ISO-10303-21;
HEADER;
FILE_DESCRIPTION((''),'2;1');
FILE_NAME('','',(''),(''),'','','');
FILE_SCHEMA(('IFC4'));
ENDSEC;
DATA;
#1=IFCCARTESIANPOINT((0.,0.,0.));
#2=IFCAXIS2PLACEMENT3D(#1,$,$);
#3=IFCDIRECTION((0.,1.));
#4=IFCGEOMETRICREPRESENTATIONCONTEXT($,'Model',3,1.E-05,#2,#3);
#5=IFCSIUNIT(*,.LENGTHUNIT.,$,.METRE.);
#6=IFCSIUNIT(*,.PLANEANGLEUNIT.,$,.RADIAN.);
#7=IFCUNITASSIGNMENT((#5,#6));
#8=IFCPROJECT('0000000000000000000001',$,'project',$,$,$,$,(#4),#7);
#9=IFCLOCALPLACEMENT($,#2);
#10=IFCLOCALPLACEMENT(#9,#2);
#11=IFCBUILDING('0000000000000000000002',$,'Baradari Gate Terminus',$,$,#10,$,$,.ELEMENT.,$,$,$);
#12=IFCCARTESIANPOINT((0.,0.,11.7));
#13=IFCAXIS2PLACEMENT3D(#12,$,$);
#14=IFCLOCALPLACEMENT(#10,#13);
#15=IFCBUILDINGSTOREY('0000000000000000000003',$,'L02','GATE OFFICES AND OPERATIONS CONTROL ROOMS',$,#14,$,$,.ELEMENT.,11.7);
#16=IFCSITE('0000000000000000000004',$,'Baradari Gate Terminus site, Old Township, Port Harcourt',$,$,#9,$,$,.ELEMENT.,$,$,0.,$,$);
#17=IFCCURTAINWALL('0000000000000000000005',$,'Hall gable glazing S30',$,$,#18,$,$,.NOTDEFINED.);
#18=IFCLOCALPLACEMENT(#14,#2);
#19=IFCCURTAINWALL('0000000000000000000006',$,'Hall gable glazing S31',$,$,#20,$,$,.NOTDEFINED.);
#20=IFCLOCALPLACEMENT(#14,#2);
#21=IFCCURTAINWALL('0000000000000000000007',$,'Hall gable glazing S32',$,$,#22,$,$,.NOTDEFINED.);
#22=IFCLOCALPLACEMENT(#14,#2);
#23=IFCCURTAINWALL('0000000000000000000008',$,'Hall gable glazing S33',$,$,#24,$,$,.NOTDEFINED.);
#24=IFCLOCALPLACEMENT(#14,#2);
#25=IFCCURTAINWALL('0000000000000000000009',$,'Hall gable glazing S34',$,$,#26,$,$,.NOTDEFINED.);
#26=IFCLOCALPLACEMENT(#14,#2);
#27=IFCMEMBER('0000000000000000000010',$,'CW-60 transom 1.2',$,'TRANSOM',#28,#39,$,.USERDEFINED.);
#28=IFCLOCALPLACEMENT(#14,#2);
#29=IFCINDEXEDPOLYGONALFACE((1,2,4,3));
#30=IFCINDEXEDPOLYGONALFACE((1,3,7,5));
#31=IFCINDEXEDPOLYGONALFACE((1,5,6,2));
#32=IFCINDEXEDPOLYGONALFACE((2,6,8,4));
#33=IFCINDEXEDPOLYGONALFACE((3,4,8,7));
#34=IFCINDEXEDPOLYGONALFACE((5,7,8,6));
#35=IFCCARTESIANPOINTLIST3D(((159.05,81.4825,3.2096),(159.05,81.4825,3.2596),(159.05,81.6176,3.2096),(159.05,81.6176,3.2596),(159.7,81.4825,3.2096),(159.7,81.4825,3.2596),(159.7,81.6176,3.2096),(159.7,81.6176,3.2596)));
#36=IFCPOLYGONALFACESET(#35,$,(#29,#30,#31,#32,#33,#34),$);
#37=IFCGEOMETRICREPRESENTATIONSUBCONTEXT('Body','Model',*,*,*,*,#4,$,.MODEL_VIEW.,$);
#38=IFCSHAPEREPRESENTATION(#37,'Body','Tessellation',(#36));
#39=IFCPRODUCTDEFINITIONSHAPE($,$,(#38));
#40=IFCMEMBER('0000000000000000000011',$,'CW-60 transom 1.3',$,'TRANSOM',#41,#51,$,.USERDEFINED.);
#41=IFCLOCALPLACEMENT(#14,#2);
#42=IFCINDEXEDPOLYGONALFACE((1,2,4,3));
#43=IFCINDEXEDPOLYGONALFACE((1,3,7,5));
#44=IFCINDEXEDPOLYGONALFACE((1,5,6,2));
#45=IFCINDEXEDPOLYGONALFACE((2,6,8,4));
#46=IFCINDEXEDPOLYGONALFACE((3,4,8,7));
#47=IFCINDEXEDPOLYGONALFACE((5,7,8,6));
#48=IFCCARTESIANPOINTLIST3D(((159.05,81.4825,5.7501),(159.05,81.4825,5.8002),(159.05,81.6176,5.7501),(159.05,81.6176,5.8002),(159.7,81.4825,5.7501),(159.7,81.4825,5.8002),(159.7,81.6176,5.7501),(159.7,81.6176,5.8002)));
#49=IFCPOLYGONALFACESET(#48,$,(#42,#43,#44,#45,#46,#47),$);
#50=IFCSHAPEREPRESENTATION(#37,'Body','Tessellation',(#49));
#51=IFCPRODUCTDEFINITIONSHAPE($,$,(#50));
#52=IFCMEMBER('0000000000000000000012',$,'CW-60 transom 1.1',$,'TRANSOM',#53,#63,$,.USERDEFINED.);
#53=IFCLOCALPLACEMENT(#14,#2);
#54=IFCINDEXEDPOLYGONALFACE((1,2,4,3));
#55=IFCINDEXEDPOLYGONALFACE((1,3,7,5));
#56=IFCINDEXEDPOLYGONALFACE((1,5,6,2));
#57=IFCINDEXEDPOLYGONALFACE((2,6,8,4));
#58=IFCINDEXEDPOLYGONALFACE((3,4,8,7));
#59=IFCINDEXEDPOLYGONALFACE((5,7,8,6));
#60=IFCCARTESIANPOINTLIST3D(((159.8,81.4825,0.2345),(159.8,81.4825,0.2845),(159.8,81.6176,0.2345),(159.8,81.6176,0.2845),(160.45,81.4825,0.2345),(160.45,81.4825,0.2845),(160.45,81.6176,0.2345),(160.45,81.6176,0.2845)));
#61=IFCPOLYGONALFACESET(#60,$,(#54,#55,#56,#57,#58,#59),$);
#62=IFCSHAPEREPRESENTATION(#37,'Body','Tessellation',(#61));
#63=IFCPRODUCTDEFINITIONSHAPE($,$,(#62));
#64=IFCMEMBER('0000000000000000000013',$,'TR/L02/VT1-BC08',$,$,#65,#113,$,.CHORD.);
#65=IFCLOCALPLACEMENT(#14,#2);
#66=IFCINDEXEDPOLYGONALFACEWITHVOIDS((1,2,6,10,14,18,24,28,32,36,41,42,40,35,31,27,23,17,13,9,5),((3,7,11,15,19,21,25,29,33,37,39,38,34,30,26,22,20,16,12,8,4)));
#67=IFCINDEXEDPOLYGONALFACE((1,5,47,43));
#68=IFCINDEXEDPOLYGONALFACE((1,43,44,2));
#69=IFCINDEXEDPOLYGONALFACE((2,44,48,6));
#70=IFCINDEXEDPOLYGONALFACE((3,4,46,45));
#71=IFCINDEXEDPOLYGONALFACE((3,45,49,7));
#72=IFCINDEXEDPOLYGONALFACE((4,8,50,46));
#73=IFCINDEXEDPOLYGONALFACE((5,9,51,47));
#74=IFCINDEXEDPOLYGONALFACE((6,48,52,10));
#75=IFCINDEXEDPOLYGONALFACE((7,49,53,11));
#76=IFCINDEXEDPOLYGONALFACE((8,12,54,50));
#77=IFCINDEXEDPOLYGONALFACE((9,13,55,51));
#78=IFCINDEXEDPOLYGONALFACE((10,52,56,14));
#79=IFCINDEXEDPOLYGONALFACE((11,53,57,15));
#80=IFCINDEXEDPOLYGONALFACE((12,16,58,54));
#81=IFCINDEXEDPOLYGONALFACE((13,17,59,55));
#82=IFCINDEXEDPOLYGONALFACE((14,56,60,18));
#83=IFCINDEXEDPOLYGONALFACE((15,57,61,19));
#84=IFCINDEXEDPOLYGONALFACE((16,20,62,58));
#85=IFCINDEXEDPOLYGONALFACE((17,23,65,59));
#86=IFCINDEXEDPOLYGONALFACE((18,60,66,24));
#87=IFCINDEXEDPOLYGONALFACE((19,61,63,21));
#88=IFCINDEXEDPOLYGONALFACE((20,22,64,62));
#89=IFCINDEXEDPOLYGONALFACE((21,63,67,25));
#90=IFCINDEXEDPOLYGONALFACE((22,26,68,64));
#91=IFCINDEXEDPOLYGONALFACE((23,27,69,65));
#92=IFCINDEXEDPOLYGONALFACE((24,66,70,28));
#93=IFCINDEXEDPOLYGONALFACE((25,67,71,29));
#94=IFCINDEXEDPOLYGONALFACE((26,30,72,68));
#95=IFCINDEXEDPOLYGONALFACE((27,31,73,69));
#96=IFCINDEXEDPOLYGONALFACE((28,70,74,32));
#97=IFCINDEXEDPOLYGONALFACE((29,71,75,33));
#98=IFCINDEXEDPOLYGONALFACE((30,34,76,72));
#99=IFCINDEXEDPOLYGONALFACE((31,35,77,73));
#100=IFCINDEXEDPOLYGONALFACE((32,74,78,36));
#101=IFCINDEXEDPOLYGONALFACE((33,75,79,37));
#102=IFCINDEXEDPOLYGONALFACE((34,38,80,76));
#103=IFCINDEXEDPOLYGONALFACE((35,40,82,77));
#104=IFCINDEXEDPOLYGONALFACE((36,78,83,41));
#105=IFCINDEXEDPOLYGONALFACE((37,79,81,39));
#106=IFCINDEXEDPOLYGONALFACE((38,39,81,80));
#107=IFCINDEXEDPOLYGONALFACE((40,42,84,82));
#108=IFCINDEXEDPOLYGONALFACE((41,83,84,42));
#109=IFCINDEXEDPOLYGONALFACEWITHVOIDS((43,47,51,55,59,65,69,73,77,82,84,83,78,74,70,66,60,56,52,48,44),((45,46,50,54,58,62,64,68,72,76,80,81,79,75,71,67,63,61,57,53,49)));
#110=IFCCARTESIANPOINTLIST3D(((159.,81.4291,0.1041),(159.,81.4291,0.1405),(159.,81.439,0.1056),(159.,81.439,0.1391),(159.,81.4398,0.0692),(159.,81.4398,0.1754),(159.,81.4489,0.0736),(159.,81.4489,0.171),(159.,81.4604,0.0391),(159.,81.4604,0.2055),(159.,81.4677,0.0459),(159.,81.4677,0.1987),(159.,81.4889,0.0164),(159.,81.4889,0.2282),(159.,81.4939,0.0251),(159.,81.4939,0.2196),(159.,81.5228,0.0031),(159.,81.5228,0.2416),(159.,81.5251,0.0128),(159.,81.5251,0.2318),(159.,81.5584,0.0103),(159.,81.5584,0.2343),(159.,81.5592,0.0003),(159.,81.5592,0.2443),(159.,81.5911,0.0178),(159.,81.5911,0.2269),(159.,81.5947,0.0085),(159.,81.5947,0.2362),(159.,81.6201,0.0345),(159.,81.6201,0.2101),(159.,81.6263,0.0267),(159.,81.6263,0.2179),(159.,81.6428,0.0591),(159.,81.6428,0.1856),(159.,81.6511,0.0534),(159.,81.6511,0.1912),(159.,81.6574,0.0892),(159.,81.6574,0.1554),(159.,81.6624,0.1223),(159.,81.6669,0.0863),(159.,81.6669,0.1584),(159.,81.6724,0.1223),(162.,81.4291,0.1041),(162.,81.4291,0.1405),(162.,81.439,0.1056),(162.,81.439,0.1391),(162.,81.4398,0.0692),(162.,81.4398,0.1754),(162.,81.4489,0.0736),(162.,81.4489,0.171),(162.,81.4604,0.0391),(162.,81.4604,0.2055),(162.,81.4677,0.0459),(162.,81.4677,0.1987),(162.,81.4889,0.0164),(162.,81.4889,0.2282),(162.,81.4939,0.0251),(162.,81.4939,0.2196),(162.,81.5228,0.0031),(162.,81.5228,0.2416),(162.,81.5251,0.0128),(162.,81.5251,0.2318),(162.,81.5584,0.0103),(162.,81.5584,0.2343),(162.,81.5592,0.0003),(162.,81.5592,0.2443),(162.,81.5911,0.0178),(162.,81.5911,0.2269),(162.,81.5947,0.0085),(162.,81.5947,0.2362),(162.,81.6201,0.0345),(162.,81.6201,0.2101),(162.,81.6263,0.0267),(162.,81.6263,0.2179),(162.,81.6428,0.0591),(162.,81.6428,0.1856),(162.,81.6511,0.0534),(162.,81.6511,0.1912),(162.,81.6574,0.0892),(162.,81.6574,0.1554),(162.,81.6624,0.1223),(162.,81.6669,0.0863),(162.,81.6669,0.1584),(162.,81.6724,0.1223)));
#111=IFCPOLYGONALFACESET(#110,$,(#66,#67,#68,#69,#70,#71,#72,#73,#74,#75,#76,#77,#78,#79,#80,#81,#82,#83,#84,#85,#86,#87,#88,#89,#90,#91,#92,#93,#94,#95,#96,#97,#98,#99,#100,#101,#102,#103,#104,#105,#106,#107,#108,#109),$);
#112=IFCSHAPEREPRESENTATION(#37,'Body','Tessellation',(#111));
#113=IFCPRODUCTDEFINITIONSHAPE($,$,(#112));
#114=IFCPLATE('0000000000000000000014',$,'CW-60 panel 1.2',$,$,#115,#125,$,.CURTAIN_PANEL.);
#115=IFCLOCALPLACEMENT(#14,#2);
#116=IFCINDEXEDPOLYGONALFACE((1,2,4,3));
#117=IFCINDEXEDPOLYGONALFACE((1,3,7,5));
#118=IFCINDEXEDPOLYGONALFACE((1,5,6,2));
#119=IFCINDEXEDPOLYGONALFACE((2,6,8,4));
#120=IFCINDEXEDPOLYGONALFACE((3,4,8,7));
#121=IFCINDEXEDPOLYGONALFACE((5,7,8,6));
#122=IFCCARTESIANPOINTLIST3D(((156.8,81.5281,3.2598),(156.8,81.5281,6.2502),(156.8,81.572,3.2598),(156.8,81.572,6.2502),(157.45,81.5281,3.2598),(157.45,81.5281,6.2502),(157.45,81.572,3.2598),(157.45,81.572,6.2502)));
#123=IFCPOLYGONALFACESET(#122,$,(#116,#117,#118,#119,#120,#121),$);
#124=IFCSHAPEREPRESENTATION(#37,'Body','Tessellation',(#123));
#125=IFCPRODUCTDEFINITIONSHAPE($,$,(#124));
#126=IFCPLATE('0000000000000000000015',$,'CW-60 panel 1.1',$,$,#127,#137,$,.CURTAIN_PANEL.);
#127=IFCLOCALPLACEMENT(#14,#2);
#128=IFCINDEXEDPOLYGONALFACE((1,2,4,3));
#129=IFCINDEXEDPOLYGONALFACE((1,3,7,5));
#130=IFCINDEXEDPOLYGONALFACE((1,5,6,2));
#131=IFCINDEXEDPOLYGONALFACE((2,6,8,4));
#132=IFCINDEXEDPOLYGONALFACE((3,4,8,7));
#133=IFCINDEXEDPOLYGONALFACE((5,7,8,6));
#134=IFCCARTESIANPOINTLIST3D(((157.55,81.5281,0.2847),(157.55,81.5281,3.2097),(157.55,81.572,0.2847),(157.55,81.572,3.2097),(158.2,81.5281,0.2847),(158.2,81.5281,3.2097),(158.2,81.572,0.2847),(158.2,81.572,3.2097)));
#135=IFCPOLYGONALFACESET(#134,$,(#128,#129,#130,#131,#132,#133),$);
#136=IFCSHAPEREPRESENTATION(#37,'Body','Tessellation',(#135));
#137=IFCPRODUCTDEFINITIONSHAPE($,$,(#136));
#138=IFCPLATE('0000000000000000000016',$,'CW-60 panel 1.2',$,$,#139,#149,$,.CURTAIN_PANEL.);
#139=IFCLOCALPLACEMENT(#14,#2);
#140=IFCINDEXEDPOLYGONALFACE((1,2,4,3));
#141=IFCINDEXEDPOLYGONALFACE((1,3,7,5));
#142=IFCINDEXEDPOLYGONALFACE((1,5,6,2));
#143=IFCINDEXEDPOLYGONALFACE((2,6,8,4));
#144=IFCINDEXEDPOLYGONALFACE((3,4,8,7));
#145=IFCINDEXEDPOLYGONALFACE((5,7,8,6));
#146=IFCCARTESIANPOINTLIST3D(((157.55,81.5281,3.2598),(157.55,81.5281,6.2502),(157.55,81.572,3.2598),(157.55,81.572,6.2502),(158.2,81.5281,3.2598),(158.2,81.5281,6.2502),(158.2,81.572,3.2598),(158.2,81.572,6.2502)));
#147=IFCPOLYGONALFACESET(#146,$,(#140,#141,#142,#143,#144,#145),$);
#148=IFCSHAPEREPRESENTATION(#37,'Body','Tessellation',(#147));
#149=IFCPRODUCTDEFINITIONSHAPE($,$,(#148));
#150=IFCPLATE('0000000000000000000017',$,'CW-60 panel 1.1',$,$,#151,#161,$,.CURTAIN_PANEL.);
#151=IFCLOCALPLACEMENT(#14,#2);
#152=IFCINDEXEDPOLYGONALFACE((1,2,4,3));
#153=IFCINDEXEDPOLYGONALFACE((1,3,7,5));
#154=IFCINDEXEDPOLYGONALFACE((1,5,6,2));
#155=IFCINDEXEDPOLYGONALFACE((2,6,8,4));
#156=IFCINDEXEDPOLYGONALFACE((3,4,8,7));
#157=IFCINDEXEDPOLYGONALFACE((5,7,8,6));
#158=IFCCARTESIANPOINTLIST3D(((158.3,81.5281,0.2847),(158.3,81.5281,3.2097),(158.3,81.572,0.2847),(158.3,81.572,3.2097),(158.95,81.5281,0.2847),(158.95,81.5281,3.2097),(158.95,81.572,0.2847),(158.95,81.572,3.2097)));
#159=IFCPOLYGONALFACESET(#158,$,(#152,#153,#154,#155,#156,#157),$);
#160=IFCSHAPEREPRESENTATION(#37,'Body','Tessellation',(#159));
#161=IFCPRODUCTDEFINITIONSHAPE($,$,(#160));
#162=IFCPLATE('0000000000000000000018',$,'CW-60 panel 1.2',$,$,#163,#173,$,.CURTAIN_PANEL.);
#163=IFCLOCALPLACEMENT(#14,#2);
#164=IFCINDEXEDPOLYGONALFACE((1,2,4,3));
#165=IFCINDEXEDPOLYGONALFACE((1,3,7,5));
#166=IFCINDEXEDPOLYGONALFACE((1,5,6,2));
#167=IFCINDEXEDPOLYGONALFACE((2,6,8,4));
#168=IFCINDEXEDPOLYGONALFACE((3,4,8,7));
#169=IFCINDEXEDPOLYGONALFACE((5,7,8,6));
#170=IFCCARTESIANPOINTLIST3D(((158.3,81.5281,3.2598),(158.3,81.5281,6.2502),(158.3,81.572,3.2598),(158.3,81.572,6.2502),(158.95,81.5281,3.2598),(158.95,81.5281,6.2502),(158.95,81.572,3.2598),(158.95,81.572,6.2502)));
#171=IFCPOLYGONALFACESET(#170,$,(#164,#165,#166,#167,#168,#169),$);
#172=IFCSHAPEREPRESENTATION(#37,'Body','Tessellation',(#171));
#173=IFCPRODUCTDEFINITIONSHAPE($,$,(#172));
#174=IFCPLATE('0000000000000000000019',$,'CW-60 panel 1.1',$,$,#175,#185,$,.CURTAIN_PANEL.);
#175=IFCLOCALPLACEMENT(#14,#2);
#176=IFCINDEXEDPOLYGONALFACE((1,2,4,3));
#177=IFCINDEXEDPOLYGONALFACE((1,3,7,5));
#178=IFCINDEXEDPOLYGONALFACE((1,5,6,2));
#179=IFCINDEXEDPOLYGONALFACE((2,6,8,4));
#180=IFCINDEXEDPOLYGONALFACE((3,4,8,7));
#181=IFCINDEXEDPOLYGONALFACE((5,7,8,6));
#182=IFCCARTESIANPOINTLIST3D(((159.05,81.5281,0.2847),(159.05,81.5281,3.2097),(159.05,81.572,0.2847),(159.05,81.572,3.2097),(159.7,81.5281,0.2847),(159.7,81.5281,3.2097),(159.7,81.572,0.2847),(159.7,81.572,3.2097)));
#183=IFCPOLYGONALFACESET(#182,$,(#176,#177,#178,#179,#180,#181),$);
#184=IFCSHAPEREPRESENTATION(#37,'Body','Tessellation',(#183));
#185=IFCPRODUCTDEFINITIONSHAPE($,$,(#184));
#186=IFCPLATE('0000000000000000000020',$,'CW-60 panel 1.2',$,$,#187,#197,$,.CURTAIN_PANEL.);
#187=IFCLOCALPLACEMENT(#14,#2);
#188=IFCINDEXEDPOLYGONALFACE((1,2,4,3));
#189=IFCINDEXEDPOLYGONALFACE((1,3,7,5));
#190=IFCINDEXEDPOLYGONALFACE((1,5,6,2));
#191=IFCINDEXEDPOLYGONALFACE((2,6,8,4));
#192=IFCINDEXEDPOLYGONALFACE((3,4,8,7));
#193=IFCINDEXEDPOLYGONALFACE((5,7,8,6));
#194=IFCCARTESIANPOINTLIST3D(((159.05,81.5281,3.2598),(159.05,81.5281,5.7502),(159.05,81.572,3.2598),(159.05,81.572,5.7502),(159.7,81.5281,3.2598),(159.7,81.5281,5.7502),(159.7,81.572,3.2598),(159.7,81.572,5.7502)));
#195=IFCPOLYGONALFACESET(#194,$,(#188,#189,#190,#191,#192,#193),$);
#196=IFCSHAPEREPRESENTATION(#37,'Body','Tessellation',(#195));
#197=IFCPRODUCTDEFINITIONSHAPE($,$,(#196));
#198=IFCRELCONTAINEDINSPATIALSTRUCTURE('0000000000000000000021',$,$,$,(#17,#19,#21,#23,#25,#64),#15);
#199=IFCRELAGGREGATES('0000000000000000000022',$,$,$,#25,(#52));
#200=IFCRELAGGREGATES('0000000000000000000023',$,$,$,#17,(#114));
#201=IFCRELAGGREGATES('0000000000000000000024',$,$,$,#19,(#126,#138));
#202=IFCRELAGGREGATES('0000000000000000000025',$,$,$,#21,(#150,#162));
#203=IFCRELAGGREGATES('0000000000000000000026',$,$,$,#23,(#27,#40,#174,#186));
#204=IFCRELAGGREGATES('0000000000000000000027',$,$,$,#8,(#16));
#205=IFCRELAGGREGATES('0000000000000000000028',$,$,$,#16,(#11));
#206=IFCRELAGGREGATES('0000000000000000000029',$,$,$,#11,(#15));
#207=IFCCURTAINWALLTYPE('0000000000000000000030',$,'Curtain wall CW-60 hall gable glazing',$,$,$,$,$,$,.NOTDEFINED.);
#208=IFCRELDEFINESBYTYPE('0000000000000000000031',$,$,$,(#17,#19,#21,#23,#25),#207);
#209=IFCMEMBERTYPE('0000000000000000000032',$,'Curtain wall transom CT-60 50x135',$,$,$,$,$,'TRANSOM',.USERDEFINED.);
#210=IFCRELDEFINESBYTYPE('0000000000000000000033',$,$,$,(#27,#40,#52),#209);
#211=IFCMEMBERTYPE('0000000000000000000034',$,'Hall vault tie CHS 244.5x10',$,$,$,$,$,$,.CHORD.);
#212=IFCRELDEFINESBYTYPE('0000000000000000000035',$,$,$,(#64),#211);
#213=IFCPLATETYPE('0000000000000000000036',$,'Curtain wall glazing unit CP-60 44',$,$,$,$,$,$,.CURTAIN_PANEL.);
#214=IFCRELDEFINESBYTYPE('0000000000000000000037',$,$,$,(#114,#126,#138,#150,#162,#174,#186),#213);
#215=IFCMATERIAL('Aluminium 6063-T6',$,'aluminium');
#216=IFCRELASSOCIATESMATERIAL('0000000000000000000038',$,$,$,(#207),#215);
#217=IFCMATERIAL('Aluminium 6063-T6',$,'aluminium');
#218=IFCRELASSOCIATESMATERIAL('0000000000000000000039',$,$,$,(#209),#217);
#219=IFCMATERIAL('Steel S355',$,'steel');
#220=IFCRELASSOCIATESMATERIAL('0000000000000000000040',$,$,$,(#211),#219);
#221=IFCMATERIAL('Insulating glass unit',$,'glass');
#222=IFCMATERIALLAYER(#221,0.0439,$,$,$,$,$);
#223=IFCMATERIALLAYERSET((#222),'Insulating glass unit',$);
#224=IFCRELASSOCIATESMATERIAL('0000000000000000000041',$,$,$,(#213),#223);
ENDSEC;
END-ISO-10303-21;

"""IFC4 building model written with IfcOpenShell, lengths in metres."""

from ifc_helpers import new_model, si_unit, direction, frame, origin, origin_2d, place, context, subcontext, project, spatial, rectangle, hollow_circle, extrude, material, layer, layer_set, material_profile, profile_set, type_object, element, aggregate, save


model = new_model("IFC4")

# Units and contexts
model_context = context("Model", 3, precision=1e-05, world=origin(), true_north=direction((0.0, 1.0)))
body_context = subcontext(model_context, "Body", "Model", "MODEL_VIEW")
ifc_project = project(units=[si_unit("LENGTHUNIT", "METRE"), si_unit("PLANEANGLEUNIT", "RADIAN")], contexts=[model_context])

# Site, building, storey
site_placement = place(None, origin())
site = spatial("IfcSite", under=ifc_project, at=site_placement, Name="Baradari Gate Terminus site, Old Township, Port Harcourt", CompositionType="ELEMENT", RefElevation=0.0)
building_placement = place(site_placement, origin())
building = spatial("IfcBuilding", under=site, at=building_placement, Name="Baradari Gate Terminus", CompositionType="ELEMENT")
storey_placement = place(building_placement, frame((0.0, 0.0, 11.7)))
storey = spatial("IfcBuildingStorey", under=building, at=storey_placement, Name="L02", Description="GATE OFFICES AND OPERATIONS CONTROL ROOMS", CompositionType="ELEMENT", Elevation=11.7)

# Curtain wall
ifc_material_1 = material(Name="Aluminium 6063-T6", Category="aluminium")
curtain_wall_type = type_object("IfcCurtainWallType", Name="Curtain wall CW-60 hall gable glazing", PredefinedType="NOTDEFINED", material=ifc_material_1)
curtain_wall_1_placement = place(storey_placement, origin())
curtain_wall_1 = element("IfcCurtainWall", 1, at=curtain_wall_1_placement, inside=storey, type_object=curtain_wall_type, Name="Hall gable glazing S30", PredefinedType="NOTDEFINED")

# Curtain walls
curtain_wall_2_placement = place(storey_placement, origin())
curtain_wall_2 = element("IfcCurtainWall", 2, at=curtain_wall_2_placement, inside=storey, type_object=curtain_wall_type, Name="Hall gable glazing S31", PredefinedType="NOTDEFINED")
curtain_wall_3_placement = place(storey_placement, origin())
curtain_wall_3 = element("IfcCurtainWall", 3, at=curtain_wall_3_placement, inside=storey, type_object=curtain_wall_type, Name="Hall gable glazing S32", PredefinedType="NOTDEFINED")
curtain_wall_4_placement = place(storey_placement, origin())
curtain_wall_4 = element("IfcCurtainWall", 4, at=curtain_wall_4_placement, inside=storey, type_object=curtain_wall_type, Name="Hall gable glazing S33", PredefinedType="NOTDEFINED")

# Curtain wall
curtain_wall_5_placement = place(storey_placement, origin())
curtain_wall_5 = element("IfcCurtainWall", 5, at=curtain_wall_5_placement, inside=storey, type_object=curtain_wall_type, Name="Hall gable glazing S34", PredefinedType="NOTDEFINED")

# Members
ifc_material_2 = material(Name="Aluminium 6063-T6", Category="aluminium")
ifc_material_profile_1 = material_profile(ifc_material_2, rectangle(XDim=0.135, YDim=0.05, at=origin_2d()), Name="CT-60 50X135")
ifc_profile_set_1 = profile_set([ifc_material_profile_1], Name="Aluminium 6063-T6")
member_type_1 = type_object("IfcMemberType", Name="Curtain wall transom CT-60 50x135", ElementType="TRANSOM", PredefinedType="USERDEFINED", material=ifc_profile_set_1)
member_1_placement = place(storey_placement, frame((159.05, 81.55, 3.2346), z_axis=(1.0, 0.0, 0.0), x_axis=(0.0, 1.0, 0.0)))
member_1 = element("IfcMember", 6, at=member_1_placement, type_object=member_type_1, Name="CW-60 transom 1.2", ObjectType="TRANSOM", PredefinedType="USERDEFINED", context=body_context, shape_type="SweptSolid", body=[
    extrude(rectangle(XDim=0.135, YDim=0.05, at=origin_2d()), origin(), (0.0, 0.0, 1.0), 0.6499),
])
member_2_placement = place(storey_placement, frame((159.05, 81.55, 5.7751), z_axis=(1.0, 0.0, 0.0), x_axis=(0.0, 1.0, 0.0)))
member_2 = element("IfcMember", 7, at=member_2_placement, type_object=member_type_1, Name="CW-60 transom 1.3", ObjectType="TRANSOM", PredefinedType="USERDEFINED", context=body_context, shape_type="SweptSolid", body=[
    extrude(rectangle(XDim=0.135, YDim=0.05, at=origin_2d()), origin(), (0.0, 0.0, 1.0), 0.6499),
])
member_3_placement = place(storey_placement, frame((159.8, 81.55, 0.2595), z_axis=(1.0, 0.0, 0.0), x_axis=(0.0, 1.0, 0.0)))
member_3 = element("IfcMember", 8, at=member_3_placement, type_object=member_type_1, Name="CW-60 transom 1.1", ObjectType="TRANSOM", PredefinedType="USERDEFINED", context=body_context, shape_type="SweptSolid", body=[
    extrude(rectangle(XDim=0.135, YDim=0.05, at=origin_2d()), origin(), (0.0, 0.0, 1.0), 0.6499),
])
aggregate(curtain_wall_5, [member_3])
ifc_material_3 = material(Name="Steel S355", Category="steel")
ifc_material_profile_2 = material_profile(ifc_material_3, hollow_circle(Radius=0.1223, WallThickness=0.01, at=origin_2d()), Name="CHS 244.5x10")
ifc_profile_set_2 = profile_set([ifc_material_profile_2], Name="Steel S355")
member_type_2 = type_object("IfcMemberType", Name="Hall vault tie CHS 244.5x10", PredefinedType="CHORD", material=ifc_profile_set_2)
member_4_placement = place(storey_placement, frame((159.0, 81.55, 0.1223), z_axis=(1.0, 0.0, 0.0), x_axis=(0.0, 1.0, 0.0)))
element("IfcMember", 9, at=member_4_placement, inside=storey, type_object=member_type_2, Name="TR/L02/VT1-BC08", PredefinedType="CHORD", context=body_context, shape_type="SweptSolid", body=[
    extrude(hollow_circle(Radius=0.1223, WallThickness=0.01, at=origin_2d()), origin(), (0.0, 0.0, 1.0), 3.0),
])

# Plates
ifc_material_4 = material(Name="Insulating glass unit", Category="glass")
ifc_layer = layer(ifc_material_4, 0.0439)
ifc_layer_set = layer_set([ifc_layer], Name="Insulating glass unit")
plate_type = type_object("IfcPlateType", Name="Curtain wall glazing unit CP-60 44", PredefinedType="CURTAIN_PANEL", material=ifc_layer_set)
plate_1_placement = place(storey_placement, frame((157.125, 81.55, 3.2598), z_axis=(0.0, 0.0, 1.0), x_axis=(1.0, 0.0, 0.0)))
plate_1 = element("IfcPlate", 10, at=plate_1_placement, type_object=plate_type, Name="CW-60 panel 1.2", PredefinedType="CURTAIN_PANEL", context=body_context, shape_type="SweptSolid", body=[
    extrude(rectangle(XDim=0.6499, YDim=0.0439, at=origin_2d()), origin(), (0.0, 0.0, 1.0), 2.9905),
])
aggregate(curtain_wall_1, [plate_1])
plate_2_placement = place(storey_placement, frame((157.875, 81.55, 0.2847), z_axis=(0.0, 0.0, 1.0), x_axis=(1.0, 0.0, 0.0)))
plate_2 = element("IfcPlate", 11, at=plate_2_placement, type_object=plate_type, Name="CW-60 panel 1.1", PredefinedType="CURTAIN_PANEL", context=body_context, shape_type="SweptSolid", body=[
    extrude(rectangle(XDim=0.6499, YDim=0.0439, at=origin_2d()), origin(), (0.0, 0.0, 1.0), 2.925),
])
plate_3_placement = place(storey_placement, frame((157.875, 81.55, 3.2598), z_axis=(0.0, 0.0, 1.0), x_axis=(1.0, 0.0, 0.0)))
plate_3 = element("IfcPlate", 12, at=plate_3_placement, type_object=plate_type, Name="CW-60 panel 1.2", PredefinedType="CURTAIN_PANEL", context=body_context, shape_type="SweptSolid", body=[
    extrude(rectangle(XDim=0.6499, YDim=0.0439, at=origin_2d()), origin(), (0.0, 0.0, 1.0), 2.9905),
])
aggregate(curtain_wall_2, [plate_2, plate_3])
plate_4_placement = place(storey_placement, frame((158.625, 81.55, 0.2847), z_axis=(0.0, 0.0, 1.0), x_axis=(1.0, 0.0, 0.0)))
plate_4 = element("IfcPlate", 13, at=plate_4_placement, type_object=plate_type, Name="CW-60 panel 1.1", PredefinedType="CURTAIN_PANEL", context=body_context, shape_type="SweptSolid", body=[
    extrude(rectangle(XDim=0.6499, YDim=0.0439, at=origin_2d()), origin(), (0.0, 0.0, 1.0), 2.925),
])
plate_5_placement = place(storey_placement, frame((158.625, 81.55, 3.2598), z_axis=(0.0, 0.0, 1.0), x_axis=(1.0, 0.0, 0.0)))
plate_5 = element("IfcPlate", 14, at=plate_5_placement, type_object=plate_type, Name="CW-60 panel 1.2", PredefinedType="CURTAIN_PANEL", context=body_context, shape_type="SweptSolid", body=[
    extrude(rectangle(XDim=0.6499, YDim=0.0439, at=origin_2d()), origin(), (0.0, 0.0, 1.0), 2.9905),
])
aggregate(curtain_wall_3, [plate_4, plate_5])
plate_6_placement = place(storey_placement, frame((159.375, 81.55, 0.2847), z_axis=(0.0, 0.0, 1.0), x_axis=(1.0, 0.0, 0.0)))
plate_6 = element("IfcPlate", 15, at=plate_6_placement, type_object=plate_type, Name="CW-60 panel 1.1", PredefinedType="CURTAIN_PANEL", context=body_context, shape_type="SweptSolid", body=[
    extrude(rectangle(XDim=0.6499, YDim=0.0439, at=origin_2d()), origin(), (0.0, 0.0, 1.0), 2.925),
])
plate_7_placement = place(storey_placement, frame((159.375, 81.55, 3.2598), z_axis=(0.0, 0.0, 1.0), x_axis=(1.0, 0.0, 0.0)))
plate_7 = element("IfcPlate", 16, at=plate_7_placement, type_object=plate_type, Name="CW-60 panel 1.2", PredefinedType="CURTAIN_PANEL", context=body_context, shape_type="SweptSolid", body=[
    extrude(rectangle(XDim=0.6499, YDim=0.0439, at=origin_2d()), origin(), (0.0, 0.0, 1.0), 2.4905),
])
aggregate(curtain_wall_4, [member_1, member_2, plate_6, plate_7])

save(model, "model.ifc")
